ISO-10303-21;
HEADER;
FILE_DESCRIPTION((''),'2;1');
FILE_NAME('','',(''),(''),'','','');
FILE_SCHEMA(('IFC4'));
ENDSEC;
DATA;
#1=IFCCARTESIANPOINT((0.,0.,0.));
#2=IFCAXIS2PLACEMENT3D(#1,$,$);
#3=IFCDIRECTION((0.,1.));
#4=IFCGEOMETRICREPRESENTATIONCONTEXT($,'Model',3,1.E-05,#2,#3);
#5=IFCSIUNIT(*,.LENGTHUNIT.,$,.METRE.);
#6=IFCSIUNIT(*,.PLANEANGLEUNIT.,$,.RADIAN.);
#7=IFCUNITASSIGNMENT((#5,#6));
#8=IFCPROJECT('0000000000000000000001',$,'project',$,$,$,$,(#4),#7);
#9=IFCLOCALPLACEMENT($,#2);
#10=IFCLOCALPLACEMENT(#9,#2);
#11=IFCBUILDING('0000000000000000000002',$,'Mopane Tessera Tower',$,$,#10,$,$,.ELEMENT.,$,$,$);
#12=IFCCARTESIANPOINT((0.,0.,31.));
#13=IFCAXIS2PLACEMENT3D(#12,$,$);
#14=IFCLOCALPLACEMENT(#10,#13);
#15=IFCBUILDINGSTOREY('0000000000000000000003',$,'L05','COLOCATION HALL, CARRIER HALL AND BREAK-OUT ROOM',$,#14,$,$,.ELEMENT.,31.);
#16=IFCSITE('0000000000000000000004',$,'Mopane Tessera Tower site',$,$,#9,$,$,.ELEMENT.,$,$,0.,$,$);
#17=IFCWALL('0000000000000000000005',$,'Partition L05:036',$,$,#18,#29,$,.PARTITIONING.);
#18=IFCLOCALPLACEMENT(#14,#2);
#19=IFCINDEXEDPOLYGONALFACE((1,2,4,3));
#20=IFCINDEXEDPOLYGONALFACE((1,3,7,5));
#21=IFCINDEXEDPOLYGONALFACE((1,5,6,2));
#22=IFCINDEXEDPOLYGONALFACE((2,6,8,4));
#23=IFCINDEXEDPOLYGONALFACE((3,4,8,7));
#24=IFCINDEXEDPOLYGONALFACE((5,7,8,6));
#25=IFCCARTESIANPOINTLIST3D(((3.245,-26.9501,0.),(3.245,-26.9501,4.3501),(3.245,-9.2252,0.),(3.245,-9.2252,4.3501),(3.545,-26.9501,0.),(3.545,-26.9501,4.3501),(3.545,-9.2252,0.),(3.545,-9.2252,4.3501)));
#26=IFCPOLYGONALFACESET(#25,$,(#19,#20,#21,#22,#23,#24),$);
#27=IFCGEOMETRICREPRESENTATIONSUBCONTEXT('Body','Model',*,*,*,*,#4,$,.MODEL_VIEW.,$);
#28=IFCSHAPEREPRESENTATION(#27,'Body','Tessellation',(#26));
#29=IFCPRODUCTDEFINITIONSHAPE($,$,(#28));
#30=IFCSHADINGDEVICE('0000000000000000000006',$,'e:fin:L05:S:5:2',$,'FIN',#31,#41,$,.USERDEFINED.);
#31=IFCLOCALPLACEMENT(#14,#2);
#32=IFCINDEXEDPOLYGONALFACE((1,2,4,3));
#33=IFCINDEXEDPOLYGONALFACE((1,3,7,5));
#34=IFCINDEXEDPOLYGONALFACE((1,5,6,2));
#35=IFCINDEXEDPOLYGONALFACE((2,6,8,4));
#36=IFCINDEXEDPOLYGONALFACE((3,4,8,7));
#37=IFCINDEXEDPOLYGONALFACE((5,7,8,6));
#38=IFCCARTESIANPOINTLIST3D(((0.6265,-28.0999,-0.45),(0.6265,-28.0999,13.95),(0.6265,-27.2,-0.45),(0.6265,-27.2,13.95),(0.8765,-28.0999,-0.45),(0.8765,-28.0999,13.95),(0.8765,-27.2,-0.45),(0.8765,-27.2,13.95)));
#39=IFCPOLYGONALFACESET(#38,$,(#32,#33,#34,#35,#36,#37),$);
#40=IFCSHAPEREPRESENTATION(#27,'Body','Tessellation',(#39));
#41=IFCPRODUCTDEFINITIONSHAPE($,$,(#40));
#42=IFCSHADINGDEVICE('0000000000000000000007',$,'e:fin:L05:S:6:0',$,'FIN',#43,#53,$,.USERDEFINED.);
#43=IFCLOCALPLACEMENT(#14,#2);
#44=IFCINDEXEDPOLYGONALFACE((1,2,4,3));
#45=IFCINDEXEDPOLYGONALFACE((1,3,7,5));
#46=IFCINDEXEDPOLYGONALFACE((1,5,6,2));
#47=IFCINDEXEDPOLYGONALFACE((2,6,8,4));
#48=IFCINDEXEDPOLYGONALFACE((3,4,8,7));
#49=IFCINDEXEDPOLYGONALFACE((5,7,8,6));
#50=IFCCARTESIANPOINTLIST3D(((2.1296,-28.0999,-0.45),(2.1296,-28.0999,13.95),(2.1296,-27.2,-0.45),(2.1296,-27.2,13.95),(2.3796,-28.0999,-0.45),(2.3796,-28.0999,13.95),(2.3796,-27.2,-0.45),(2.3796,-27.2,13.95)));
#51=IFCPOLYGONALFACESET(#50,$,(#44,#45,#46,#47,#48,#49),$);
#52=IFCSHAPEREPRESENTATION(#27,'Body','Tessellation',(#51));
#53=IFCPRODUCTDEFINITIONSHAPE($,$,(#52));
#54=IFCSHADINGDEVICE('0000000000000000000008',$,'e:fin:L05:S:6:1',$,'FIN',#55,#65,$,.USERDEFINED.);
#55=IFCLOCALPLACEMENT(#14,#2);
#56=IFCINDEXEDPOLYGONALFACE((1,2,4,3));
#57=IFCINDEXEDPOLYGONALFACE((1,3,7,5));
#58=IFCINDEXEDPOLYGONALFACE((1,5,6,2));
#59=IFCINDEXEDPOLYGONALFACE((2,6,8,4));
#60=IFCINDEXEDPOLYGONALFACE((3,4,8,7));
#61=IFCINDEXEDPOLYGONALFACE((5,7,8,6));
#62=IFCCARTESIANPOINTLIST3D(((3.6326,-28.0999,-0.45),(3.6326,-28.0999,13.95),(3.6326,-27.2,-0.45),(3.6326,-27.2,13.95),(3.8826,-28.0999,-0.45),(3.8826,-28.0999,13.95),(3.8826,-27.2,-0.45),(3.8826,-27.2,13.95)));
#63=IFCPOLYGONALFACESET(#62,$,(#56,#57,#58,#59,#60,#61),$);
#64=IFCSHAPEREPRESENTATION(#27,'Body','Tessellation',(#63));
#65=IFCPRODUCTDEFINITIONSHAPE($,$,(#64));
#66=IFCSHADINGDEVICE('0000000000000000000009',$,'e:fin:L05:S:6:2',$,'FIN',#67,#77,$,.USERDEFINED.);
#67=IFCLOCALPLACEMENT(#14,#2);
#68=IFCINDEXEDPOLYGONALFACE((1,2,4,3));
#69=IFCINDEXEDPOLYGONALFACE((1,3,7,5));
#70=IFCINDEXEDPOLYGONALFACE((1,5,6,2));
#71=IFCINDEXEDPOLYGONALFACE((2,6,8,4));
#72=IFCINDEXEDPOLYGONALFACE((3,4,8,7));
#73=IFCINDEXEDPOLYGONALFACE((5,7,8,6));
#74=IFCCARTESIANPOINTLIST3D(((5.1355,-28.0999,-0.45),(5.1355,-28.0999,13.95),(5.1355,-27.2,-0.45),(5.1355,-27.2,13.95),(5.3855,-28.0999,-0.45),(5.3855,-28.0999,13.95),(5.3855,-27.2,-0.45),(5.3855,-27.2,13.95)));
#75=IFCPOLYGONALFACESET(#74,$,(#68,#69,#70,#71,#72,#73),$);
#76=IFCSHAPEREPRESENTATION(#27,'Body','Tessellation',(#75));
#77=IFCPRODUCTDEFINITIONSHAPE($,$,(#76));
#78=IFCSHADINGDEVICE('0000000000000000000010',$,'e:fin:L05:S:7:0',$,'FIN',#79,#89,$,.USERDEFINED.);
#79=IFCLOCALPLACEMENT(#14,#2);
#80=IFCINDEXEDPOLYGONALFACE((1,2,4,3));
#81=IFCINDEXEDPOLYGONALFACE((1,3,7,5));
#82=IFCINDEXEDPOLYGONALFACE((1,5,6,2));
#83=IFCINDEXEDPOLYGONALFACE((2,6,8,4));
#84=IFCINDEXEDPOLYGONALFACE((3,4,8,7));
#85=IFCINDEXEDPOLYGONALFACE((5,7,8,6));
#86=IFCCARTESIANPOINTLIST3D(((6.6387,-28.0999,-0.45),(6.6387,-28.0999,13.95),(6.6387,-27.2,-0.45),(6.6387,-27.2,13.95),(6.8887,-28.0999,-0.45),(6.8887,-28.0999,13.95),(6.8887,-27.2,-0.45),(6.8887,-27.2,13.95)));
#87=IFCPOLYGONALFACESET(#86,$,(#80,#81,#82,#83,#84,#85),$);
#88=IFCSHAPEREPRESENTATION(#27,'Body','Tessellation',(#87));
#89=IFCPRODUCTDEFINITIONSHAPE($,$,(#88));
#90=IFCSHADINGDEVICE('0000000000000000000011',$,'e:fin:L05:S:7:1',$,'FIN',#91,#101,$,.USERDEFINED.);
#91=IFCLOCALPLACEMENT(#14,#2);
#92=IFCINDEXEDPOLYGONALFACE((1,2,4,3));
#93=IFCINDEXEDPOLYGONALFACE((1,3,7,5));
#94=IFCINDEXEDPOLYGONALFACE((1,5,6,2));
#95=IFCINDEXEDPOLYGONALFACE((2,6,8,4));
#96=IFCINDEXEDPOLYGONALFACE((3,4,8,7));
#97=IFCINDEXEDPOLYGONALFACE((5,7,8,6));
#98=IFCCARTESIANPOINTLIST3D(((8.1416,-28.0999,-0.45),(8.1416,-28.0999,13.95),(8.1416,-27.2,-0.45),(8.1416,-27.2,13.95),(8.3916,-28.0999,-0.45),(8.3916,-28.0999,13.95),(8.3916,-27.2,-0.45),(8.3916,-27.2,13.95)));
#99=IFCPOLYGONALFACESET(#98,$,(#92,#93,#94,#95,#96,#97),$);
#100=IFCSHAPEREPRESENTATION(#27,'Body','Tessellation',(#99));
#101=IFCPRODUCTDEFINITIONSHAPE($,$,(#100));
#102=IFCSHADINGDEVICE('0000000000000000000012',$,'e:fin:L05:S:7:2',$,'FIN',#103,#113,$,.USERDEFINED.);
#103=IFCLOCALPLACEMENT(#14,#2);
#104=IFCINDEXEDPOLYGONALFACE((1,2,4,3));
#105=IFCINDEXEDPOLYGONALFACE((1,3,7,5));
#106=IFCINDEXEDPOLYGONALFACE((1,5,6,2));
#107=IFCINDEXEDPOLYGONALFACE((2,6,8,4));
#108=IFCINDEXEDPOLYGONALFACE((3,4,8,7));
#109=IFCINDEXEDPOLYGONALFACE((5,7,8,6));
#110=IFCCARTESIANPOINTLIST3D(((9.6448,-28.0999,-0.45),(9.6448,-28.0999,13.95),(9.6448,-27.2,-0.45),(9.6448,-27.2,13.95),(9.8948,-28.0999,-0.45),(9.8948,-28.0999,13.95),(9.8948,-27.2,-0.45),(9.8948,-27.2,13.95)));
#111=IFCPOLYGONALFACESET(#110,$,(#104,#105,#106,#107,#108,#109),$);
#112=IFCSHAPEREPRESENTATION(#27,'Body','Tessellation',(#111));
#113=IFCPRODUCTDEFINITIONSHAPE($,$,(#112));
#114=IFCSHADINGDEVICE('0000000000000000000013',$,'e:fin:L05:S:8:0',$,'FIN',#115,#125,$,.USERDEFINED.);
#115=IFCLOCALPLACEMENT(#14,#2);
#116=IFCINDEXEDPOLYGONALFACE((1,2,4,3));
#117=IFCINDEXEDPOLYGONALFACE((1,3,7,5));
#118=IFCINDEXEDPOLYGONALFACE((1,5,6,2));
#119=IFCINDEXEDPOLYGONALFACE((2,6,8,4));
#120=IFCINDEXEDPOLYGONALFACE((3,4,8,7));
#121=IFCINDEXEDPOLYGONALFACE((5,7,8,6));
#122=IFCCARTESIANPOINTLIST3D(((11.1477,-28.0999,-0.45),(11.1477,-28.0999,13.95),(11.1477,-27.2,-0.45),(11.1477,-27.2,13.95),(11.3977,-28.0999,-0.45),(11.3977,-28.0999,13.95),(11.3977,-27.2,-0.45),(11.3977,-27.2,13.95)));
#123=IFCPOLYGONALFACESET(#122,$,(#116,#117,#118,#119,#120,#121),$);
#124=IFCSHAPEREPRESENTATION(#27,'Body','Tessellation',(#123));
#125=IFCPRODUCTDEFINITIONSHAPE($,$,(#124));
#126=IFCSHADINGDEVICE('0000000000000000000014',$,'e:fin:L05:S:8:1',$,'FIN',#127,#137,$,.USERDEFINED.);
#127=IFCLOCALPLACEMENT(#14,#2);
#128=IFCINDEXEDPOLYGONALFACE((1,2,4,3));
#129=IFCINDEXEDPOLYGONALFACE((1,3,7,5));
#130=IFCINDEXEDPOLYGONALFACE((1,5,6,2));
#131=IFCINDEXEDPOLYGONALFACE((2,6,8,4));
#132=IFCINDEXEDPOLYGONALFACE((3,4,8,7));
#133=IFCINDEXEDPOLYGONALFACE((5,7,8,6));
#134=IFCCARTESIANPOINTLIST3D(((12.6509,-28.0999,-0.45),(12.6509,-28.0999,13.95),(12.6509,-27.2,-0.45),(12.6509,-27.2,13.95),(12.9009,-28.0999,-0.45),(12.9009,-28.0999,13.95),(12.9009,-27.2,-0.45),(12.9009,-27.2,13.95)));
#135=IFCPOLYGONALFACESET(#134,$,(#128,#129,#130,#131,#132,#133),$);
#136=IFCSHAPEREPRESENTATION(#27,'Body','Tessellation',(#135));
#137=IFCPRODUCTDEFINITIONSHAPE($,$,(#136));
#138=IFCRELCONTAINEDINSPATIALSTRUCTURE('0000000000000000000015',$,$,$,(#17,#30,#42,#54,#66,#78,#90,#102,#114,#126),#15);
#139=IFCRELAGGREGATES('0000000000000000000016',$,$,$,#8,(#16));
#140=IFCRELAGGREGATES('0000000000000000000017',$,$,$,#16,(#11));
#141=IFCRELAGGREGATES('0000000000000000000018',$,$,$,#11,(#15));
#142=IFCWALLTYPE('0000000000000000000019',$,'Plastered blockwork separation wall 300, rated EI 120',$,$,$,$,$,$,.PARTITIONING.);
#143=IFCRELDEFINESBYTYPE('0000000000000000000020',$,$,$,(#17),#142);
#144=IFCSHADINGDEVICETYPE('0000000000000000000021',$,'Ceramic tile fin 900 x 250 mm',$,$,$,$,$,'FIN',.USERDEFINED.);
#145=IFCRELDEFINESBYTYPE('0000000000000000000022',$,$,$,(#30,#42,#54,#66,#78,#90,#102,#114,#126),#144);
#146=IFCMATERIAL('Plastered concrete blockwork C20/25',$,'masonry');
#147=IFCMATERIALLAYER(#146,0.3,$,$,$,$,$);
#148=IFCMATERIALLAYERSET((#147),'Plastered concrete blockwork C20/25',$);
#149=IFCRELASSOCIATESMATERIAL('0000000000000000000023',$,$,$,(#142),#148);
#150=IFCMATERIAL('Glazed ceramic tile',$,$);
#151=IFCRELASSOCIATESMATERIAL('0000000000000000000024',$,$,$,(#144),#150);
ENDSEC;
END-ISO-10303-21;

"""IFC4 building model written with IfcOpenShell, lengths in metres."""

from ifc_helpers import new_model, si_unit, direction, frame, frame_2d, origin, origin_2d, place, context, subcontext, project, spatial, rectangle, extrude, material, layer, layer_set, type_object, element, save


model = new_model("IFC4")

# Units and contexts
model_context = context("Model", 3, precision=1e-05, world=origin(), true_north=direction((0.0, 1.0)))
body_context = subcontext(model_context, "Body", "Model", "MODEL_VIEW")
ifc_project = project(units=[si_unit("LENGTHUNIT", "METRE"), si_unit("PLANEANGLEUNIT", "RADIAN")], contexts=[model_context])

# Site, building, storey
site_placement = place(None, origin())
site = spatial("IfcSite", under=ifc_project, at=site_placement, Name="Mopane Tessera Tower site", CompositionType="ELEMENT", RefElevation=0.0)
building_placement = place(site_placement, origin())
building = spatial("IfcBuilding", under=site, at=building_placement, Name="Mopane Tessera Tower", CompositionType="ELEMENT")
storey_placement = place(building_placement, frame((0.0, 0.0, 31.0)))
storey = spatial("IfcBuildingStorey", under=building, at=storey_placement, Name="L05", Description="COLOCATION HALL, CARRIER HALL AND BREAK-OUT ROOM", CompositionType="ELEMENT", Elevation=31.0)

# Wall
ifc_material_1 = material(Name="Plastered concrete blockwork C20/25", Category="masonry")
ifc_layer_1 = layer(ifc_material_1, 0.3)
ifc_layer_set_1 = layer_set([ifc_layer_1], Name="Plastered concrete blockwork C20/25")
wall_type_1 = type_object("IfcWallType", Name="Plastered blockwork separation wall 300, rated EI 120", PredefinedType="PARTITIONING", material=ifc_layer_set_1)
wall_1_placement = place(storey_placement, frame((3.395, -26.95, 0.0), z_axis=(0.0, 0.0, 1.0), x_axis=(0.0, 1.0, 0.0)))
element("IfcWall", 1, at=wall_1_placement, inside=storey, type_object=wall_type_1, Name="Partition L05:036", PredefinedType="PARTITIONING", context=body_context, shape_type="SweptSolid", body=[
    extrude(rectangle(XDim=17.7249, YDim=0.3, at=frame_2d((8.8623, 0.0))), origin(), (0.0, 0.0, 1.0), 4.3501),
])

# Shading devices
ifc_material_2 = material(Name="Glazed ceramic tile")
shading_device_type = type_object("IfcShadingDeviceType", Name="Ceramic tile fin 900 x 250 mm", ElementType="FIN", PredefinedType="USERDEFINED", material=ifc_material_2)
for number, where, z_axis, x_axis, name in (
    (2, (0.7515, -27.6499, -0.45), (0.0, 0.0, 1.0), (1.0, 0.0, 0.0), "e:fin:L05:S:5:2"),
    (3, (2.2546, -27.6499, -0.45), (0.0, 0.0, 1.0), (1.0, 0.0, 0.0), "e:fin:L05:S:6:0"),
    (4, (3.7576, -27.6499, -0.45), (0.0, 0.0, 1.0), (1.0, 0.0, 0.0), "e:fin:L05:S:6:1"),
    (5, (5.2605, -27.6499, -0.45), (0.0, 0.0, 1.0), (1.0, 0.0, 0.0), "e:fin:L05:S:6:2"),
    (6, (6.7637, -27.6499, -0.45), (0.0, 0.0, 1.0), (1.0, 0.0, 0.0), "e:fin:L05:S:7:0"),
    (7, (8.2666, -27.6499, -0.45), (0.0, 0.0, 1.0), (1.0, 0.0, 0.0), "e:fin:L05:S:7:1"),
    (8, (9.7698, -27.6499, -0.45), (0.0, 0.0, 1.0), (1.0, 0.0, 0.0), "e:fin:L05:S:7:2"),
    (9, (11.2727, -27.6499, -0.45), (0.0, 0.0, 1.0), (1.0, 0.0, 0.0), "e:fin:L05:S:8:0"),
    (10, (12.7759, -27.6499, -0.45), (0.0, 0.0, 1.0), (1.0, 0.0, 0.0), "e:fin:L05:S:8:1"),
):
    element("IfcShadingDevice", number, at=place(storey_placement, frame(where, z_axis=z_axis, x_axis=x_axis)), inside=storey, type_object=shading_device_type, Name=name, ObjectType="FIN", PredefinedType="USERDEFINED", context=body_context, shape_type="SweptSolid", body=[
        extrude(rectangle(XDim=0.25, YDim=0.8999, at=origin_2d()), origin(), (0.0, 0.0, 1.0), 14.3999),
    ])

save(model, "model.ifc")
